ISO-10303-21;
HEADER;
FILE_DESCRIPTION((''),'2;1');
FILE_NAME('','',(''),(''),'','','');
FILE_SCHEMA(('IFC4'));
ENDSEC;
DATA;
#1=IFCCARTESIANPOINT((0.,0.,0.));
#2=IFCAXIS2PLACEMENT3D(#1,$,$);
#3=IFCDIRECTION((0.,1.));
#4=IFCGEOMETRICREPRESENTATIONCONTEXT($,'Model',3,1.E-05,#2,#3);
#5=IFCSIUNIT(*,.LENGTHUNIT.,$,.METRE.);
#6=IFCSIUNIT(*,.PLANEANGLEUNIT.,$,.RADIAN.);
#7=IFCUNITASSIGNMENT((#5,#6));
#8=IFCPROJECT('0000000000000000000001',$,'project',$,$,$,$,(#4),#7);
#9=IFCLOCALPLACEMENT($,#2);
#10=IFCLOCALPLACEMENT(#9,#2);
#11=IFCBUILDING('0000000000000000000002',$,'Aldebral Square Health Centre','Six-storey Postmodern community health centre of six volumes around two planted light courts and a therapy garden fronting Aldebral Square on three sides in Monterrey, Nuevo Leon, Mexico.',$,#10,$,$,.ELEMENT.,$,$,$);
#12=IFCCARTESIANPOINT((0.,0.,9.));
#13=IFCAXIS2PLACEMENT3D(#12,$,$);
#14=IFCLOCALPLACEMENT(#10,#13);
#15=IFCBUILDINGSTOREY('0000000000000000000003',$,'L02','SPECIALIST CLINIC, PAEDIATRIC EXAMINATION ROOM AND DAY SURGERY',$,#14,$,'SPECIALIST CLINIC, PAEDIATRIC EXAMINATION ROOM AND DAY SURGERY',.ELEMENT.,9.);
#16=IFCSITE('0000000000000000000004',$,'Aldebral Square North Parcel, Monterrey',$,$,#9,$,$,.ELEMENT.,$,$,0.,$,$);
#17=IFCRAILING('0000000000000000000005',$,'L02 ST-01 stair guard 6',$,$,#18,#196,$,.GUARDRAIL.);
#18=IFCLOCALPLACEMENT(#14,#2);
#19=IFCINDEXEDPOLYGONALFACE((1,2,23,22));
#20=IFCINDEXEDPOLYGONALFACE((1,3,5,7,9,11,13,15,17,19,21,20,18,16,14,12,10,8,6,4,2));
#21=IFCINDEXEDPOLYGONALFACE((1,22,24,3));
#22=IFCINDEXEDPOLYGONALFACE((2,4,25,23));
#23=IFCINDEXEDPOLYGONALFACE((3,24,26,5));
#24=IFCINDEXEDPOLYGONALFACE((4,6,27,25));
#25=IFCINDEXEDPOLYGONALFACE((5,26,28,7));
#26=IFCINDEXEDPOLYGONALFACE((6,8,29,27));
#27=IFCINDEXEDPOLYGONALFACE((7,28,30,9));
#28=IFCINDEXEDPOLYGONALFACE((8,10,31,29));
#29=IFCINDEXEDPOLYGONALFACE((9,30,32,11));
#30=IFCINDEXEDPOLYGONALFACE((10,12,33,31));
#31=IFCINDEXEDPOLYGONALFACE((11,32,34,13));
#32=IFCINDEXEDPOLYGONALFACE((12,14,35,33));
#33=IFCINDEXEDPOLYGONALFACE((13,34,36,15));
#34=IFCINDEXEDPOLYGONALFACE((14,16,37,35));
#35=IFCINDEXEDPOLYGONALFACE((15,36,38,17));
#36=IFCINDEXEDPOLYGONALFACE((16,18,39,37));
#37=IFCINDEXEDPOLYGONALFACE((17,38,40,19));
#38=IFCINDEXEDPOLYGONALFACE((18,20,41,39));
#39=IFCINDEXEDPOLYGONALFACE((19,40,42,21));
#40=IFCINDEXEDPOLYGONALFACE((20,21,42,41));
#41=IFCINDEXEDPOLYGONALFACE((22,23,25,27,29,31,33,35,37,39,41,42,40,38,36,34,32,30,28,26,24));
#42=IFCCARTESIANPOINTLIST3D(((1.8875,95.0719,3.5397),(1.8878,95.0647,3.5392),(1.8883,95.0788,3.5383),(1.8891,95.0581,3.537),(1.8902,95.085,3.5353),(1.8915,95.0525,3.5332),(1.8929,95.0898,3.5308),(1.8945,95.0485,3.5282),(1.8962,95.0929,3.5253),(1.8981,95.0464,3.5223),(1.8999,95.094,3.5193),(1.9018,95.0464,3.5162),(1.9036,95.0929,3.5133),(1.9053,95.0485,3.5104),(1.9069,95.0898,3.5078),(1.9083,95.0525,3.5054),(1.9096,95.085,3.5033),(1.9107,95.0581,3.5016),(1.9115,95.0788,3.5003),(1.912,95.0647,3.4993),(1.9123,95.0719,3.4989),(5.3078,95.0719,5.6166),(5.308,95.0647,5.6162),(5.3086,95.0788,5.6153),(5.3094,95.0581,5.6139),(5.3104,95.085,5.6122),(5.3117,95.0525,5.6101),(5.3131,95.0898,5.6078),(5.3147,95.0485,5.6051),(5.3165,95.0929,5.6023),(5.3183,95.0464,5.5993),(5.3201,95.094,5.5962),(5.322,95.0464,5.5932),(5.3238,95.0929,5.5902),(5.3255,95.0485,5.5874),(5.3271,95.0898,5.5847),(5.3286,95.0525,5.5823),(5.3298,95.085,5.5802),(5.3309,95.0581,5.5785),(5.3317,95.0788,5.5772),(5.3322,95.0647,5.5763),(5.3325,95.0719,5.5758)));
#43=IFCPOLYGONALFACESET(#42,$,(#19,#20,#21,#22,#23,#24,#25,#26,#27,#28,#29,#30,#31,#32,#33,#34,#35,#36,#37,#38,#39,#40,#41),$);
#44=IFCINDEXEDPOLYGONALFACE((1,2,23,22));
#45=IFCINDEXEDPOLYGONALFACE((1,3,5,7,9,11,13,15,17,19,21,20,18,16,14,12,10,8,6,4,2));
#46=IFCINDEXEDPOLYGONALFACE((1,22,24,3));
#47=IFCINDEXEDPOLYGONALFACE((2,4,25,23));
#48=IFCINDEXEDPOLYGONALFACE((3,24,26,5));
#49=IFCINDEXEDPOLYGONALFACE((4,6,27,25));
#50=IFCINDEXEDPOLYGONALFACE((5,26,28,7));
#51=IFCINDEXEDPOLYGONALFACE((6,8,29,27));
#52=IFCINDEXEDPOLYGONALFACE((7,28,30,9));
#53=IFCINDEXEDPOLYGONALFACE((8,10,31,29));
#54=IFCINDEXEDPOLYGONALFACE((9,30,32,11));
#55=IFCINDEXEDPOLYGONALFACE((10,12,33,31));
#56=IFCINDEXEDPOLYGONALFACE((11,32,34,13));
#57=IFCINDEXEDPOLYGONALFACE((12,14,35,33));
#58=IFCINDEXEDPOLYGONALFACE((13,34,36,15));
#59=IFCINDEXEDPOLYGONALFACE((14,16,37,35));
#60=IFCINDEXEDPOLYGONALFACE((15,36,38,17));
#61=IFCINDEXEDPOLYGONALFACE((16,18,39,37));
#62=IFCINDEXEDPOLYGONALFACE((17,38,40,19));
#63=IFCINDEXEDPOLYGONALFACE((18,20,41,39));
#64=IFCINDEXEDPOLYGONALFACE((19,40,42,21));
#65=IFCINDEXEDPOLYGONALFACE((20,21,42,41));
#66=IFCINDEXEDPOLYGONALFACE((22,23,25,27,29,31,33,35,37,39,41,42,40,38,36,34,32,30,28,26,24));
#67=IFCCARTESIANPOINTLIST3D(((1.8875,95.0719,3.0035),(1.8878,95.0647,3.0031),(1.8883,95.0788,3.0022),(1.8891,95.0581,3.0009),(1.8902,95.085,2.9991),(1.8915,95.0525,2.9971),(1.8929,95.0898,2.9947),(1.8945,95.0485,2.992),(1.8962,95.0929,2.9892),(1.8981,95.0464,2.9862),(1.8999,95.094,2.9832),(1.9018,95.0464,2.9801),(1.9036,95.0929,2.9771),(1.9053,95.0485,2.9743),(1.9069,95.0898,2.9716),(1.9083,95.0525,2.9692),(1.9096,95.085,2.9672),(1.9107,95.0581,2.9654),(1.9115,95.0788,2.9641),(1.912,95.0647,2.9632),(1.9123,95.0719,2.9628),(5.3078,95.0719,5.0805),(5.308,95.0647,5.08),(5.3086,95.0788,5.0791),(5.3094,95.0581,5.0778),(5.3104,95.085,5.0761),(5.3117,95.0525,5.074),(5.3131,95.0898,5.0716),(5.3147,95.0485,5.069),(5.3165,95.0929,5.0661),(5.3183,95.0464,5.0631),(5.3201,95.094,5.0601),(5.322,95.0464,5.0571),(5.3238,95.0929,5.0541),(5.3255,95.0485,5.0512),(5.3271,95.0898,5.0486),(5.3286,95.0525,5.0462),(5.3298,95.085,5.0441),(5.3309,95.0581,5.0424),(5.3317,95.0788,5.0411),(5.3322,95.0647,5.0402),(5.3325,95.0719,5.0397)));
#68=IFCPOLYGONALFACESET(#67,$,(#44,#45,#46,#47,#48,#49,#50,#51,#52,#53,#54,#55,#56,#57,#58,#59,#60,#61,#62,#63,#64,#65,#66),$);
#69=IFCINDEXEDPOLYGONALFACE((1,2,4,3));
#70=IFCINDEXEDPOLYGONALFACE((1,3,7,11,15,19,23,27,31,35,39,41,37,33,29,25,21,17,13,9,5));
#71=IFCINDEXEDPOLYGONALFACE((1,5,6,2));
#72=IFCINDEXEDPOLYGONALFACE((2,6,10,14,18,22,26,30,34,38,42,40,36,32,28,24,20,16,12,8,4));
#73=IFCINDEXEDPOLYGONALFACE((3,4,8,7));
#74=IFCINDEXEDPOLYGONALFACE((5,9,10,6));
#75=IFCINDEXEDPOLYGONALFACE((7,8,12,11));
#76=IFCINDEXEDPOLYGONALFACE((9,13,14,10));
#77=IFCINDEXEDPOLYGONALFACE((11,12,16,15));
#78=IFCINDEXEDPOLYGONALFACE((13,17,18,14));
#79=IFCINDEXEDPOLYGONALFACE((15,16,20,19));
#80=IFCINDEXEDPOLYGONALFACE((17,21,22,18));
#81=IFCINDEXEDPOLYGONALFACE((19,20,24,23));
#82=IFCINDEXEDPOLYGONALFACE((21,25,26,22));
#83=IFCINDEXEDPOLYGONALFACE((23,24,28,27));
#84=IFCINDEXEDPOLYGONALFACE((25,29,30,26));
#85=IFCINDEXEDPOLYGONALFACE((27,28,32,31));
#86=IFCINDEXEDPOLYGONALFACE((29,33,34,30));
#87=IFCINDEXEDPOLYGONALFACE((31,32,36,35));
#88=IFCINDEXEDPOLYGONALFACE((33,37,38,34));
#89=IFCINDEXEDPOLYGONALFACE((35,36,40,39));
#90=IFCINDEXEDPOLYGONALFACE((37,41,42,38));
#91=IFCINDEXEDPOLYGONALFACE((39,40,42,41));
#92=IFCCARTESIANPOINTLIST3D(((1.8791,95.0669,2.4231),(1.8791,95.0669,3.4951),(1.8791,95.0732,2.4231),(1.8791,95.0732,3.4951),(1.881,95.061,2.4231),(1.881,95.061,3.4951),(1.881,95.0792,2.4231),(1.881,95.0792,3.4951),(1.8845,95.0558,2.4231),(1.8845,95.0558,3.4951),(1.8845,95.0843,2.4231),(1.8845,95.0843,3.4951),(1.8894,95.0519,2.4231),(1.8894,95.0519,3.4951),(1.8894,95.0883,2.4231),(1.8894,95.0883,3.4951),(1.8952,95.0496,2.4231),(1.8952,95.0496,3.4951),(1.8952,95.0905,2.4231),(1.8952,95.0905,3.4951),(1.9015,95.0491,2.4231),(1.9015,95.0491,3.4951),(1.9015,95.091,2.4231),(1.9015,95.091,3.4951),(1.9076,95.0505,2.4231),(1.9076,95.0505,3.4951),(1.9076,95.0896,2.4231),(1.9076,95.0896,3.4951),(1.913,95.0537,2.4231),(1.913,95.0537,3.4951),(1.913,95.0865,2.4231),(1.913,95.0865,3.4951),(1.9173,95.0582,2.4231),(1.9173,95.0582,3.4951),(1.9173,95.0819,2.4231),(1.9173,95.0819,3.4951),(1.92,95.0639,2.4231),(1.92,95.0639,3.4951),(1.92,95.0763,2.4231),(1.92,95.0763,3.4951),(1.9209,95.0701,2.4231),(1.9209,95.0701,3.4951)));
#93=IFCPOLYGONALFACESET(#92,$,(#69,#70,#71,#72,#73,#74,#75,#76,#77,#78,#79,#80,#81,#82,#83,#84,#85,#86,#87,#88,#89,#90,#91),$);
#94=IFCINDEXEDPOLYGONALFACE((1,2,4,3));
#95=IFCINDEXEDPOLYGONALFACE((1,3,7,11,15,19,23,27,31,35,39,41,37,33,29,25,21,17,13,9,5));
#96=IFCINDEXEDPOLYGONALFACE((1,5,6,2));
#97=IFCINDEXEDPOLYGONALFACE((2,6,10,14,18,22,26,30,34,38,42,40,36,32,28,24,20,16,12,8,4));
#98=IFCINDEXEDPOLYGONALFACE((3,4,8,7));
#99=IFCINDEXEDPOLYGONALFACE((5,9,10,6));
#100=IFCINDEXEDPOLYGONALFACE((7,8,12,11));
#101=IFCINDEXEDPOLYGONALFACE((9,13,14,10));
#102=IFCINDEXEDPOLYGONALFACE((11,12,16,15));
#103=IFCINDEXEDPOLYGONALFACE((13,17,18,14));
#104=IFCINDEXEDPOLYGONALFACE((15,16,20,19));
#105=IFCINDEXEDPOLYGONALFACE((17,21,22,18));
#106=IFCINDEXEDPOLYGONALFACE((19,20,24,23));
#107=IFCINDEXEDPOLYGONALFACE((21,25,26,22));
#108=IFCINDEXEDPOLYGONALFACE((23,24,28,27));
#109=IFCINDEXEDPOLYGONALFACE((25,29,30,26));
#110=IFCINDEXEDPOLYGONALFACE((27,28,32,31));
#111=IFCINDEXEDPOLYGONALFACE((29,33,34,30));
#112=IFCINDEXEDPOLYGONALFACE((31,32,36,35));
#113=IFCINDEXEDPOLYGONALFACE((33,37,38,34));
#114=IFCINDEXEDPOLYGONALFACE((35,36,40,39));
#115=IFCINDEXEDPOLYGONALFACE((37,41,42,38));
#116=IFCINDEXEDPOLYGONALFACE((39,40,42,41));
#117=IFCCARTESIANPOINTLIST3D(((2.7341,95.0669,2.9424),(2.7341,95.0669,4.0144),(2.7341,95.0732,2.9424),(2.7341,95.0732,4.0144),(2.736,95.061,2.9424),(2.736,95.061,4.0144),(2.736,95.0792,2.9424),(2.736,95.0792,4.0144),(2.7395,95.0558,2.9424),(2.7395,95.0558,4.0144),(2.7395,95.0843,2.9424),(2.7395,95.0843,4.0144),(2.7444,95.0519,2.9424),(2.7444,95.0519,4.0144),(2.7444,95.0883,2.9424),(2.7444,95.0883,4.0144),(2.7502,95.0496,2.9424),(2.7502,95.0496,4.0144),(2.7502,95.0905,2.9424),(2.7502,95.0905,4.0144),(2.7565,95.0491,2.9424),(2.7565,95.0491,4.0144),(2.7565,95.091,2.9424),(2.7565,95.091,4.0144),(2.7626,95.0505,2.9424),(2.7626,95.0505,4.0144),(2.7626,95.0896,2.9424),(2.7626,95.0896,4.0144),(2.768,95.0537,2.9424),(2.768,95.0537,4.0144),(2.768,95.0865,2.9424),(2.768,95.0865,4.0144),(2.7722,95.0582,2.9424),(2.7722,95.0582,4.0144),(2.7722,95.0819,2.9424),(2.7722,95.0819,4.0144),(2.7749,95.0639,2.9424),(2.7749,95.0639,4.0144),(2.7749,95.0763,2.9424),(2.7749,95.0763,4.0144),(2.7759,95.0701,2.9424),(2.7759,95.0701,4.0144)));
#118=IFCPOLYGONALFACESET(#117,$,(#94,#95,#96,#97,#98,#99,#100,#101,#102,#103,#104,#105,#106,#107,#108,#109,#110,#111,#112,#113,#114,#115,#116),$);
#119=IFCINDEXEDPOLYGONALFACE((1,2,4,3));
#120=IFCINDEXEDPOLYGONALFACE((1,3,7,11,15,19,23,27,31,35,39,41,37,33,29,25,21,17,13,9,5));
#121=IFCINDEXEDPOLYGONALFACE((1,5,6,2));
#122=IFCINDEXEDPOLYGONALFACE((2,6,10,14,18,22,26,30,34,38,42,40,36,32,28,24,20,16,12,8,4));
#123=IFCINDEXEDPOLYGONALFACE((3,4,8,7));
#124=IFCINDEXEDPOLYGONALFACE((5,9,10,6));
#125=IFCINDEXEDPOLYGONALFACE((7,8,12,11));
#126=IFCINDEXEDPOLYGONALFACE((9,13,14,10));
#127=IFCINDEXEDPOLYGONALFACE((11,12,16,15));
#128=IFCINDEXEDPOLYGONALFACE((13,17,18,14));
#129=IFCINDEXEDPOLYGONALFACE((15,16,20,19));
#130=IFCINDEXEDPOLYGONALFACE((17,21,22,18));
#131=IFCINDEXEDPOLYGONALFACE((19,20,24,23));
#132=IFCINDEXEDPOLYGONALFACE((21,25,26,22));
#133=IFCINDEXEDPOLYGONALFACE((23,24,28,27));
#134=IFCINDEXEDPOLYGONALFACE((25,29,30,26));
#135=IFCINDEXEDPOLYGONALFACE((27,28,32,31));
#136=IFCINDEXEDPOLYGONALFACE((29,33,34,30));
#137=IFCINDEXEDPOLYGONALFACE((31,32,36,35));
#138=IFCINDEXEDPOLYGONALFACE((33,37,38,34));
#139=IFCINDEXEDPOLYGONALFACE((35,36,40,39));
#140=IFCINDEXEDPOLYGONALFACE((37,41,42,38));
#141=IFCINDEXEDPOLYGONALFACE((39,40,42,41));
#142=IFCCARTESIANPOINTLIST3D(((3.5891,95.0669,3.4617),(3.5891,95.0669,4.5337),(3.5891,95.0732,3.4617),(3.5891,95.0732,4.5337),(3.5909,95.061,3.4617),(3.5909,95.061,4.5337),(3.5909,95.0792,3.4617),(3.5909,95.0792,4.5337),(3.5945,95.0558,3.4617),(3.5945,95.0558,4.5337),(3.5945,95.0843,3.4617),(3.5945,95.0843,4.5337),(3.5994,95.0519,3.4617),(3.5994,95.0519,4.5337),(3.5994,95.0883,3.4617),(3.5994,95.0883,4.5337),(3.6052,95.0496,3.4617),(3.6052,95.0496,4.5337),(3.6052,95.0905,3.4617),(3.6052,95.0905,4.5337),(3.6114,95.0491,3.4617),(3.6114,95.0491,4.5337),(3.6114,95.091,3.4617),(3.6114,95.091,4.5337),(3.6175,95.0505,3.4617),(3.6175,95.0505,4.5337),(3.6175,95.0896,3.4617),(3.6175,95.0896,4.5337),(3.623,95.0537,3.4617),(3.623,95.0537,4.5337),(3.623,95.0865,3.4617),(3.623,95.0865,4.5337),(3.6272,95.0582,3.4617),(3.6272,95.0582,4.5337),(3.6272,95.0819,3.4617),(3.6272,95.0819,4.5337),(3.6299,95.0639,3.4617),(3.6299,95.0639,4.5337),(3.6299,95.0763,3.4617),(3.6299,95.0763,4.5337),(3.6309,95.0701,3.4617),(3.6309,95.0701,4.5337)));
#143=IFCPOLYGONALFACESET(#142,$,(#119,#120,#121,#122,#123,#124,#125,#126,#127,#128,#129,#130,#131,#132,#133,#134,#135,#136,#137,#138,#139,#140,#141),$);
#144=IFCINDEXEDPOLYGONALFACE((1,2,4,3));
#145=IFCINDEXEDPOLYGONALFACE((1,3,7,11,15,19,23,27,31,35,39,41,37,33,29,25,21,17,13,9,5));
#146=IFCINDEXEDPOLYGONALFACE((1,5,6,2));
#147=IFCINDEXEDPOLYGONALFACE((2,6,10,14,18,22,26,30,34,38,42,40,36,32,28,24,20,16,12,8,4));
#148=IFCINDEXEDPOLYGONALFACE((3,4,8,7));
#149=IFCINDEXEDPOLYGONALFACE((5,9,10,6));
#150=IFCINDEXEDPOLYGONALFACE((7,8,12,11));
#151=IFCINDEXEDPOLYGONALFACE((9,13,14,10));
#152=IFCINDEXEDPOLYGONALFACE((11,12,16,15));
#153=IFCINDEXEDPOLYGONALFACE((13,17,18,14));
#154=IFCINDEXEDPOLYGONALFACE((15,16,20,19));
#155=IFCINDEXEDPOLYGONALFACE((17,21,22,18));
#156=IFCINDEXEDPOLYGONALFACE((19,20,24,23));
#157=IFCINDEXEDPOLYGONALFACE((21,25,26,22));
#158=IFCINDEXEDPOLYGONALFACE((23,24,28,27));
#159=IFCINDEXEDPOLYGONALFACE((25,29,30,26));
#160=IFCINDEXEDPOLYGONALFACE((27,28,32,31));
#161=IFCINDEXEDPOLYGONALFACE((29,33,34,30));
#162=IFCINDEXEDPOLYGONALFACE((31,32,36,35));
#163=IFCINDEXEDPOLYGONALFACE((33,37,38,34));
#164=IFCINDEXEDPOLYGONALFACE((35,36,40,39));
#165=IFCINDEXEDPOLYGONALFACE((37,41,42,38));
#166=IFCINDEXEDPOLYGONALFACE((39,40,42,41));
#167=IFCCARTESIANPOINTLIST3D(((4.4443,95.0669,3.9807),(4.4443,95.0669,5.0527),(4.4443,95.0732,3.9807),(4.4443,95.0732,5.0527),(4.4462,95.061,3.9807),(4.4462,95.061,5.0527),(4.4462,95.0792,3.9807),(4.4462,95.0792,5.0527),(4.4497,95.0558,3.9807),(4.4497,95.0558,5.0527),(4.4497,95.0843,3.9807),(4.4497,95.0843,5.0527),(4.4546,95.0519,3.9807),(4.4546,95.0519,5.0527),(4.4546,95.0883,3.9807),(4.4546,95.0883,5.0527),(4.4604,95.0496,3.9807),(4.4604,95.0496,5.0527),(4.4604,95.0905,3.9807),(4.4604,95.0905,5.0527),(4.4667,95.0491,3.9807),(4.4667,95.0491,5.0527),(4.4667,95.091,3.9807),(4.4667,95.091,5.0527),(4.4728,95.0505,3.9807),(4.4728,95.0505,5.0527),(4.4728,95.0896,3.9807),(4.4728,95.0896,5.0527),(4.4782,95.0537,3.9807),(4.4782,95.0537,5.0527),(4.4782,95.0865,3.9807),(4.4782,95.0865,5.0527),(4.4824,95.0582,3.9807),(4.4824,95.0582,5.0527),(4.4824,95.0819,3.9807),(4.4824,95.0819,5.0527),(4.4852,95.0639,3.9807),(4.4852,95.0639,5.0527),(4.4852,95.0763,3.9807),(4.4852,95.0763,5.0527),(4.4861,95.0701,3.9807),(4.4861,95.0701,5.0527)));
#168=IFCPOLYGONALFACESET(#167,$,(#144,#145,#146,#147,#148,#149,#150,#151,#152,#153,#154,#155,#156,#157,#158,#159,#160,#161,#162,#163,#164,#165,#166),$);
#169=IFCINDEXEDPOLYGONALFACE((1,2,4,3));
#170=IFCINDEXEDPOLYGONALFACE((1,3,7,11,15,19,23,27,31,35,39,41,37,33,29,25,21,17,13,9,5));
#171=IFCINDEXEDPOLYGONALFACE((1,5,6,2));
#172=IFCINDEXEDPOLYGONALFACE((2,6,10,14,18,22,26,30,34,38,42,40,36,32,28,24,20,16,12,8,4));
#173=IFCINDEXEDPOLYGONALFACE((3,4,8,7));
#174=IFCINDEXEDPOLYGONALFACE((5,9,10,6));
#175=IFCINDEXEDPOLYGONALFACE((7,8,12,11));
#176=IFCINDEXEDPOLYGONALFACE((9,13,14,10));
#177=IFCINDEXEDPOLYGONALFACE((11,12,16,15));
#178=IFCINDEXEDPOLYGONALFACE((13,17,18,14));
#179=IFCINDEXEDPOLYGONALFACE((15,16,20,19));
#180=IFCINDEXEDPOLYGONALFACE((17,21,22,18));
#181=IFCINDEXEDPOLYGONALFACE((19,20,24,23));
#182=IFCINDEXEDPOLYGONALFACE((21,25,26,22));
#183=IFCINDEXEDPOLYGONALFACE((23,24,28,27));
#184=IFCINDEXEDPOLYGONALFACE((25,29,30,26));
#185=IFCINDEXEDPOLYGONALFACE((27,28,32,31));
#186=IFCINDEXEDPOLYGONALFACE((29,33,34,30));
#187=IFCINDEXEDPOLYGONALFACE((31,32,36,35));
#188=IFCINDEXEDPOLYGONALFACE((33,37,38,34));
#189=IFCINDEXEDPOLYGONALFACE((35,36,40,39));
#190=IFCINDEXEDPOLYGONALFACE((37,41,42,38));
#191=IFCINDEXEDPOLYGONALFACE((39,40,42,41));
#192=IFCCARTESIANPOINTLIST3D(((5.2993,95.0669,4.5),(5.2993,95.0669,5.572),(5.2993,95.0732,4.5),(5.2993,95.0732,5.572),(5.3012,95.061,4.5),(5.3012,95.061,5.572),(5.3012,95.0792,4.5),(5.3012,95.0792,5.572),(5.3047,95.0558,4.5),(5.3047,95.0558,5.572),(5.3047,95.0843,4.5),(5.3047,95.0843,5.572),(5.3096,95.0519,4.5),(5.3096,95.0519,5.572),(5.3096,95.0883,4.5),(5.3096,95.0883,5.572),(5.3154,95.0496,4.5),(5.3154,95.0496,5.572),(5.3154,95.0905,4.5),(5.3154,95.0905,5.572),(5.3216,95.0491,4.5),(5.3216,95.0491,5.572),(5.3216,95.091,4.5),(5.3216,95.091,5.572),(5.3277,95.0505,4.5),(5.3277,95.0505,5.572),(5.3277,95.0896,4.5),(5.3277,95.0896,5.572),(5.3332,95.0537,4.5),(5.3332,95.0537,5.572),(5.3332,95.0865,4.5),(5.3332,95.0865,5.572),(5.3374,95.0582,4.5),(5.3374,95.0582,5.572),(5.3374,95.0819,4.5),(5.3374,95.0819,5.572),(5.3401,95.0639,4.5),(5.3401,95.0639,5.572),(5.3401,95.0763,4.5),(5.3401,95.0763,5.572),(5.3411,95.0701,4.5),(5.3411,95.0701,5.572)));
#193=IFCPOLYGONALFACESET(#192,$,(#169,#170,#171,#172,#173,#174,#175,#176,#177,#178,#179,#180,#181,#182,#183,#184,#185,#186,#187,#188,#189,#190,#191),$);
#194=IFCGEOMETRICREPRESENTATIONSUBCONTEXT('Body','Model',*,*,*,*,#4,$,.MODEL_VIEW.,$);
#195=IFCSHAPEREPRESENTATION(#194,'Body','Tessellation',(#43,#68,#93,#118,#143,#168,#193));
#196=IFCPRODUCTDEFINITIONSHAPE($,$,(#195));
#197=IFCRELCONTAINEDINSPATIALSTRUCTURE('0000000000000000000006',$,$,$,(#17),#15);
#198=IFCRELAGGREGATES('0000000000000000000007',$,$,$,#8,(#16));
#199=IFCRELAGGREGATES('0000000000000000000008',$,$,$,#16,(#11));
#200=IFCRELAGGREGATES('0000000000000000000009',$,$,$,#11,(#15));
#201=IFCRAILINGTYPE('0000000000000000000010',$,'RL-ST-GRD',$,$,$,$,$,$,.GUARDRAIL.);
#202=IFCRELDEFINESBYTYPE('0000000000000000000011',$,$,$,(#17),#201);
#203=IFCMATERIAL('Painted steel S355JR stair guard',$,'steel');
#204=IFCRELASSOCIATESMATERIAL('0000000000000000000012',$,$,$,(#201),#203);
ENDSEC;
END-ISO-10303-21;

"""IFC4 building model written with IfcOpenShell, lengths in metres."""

from ifc_helpers import new_model, si_unit, direction, frame, origin, origin_2d, place, context, subcontext, project, spatial, circle, extrude, material, type_object, element, save


model = new_model("IFC4")

# Units and contexts
model_context = context("Model", 3, precision=1e-05, world=origin(), true_north=direction((0.0, 1.0)))
body_context = subcontext(model_context, "Body", "Model", "MODEL_VIEW")
ifc_project = project(units=[si_unit("LENGTHUNIT", "METRE"), si_unit("PLANEANGLEUNIT", "RADIAN")], contexts=[model_context])

# Site, building, storey
site_placement = place(None, origin())
site = spatial("IfcSite", under=ifc_project, at=site_placement, Name="Aldebral Square North Parcel, Monterrey", CompositionType="ELEMENT", RefElevation=0.0)
building_placement = place(site_placement, origin())
building = spatial("IfcBuilding", under=site, at=building_placement, Name="Aldebral Square Health Centre", Description="Six-storey Postmodern community health centre of six volumes around two planted light courts and a therapy garden fronting Aldebral Square on three sides in Monterrey, Nuevo Leon, Mexico.", CompositionType="ELEMENT")
storey_placement = place(building_placement, frame((0.0, 0.0, 9.0)))
storey = spatial("IfcBuildingStorey", under=building, at=storey_placement, Name="L02", Description="SPECIALIST CLINIC, PAEDIATRIC EXAMINATION ROOM AND DAY SURGERY", LongName="SPECIALIST CLINIC, PAEDIATRIC EXAMINATION ROOM AND DAY SURGERY", CompositionType="ELEMENT", Elevation=9.0)

# Railing
ifc_material_1 = material(Name="Painted steel S355JR stair guard", Category="steel")
railing_type = type_object("IfcRailingType", Name="RL-ST-GRD", PredefinedType="GUARDRAIL", material=ifc_material_1)
railing_1_placement = place(storey_placement, frame((1.8999, 95.0701, 2.4231)))
element("IfcRailing", 1, at=railing_1_placement, inside=storey, type_object=railing_type, Name="L02 ST-01 stair guard 6", PredefinedType="GUARDRAIL", context=body_context, shape_type="SweptSolid", body=[
    extrude(circle(Radius=0.0239, at=origin_2d()), frame((0.0, 0.0, 1.0962), z_axis=(0.854746, 0.0, 0.519047), x_axis=(0.0, 1.0, 0.0)), (0.0, 0.0, 1.0), 4.0015),
    extrude(circle(Radius=0.0239, at=origin_2d()), frame((0.0, 0.0, 0.5601), z_axis=(0.854746, 0.0, 0.519047), x_axis=(0.0, 1.0, 0.0)), (0.0, 0.0, 1.0), 4.0015),
    extrude(circle(Radius=0.021, at=origin_2d()), origin(), (0.0, 0.0, 1.0), 1.072),
    extrude(circle(Radius=0.021, at=origin_2d()), frame((0.855, 0.0, 0.5193)), (0.0, 0.0, 1.0), 1.072),
    extrude(circle(Radius=0.021, at=origin_2d()), frame((1.71, 0.0, 1.0386)), (0.0, 0.0, 1.0), 1.072),
    extrude(circle(Radius=0.021, at=origin_2d()), frame((2.5652, 0.0, 1.5576)), (0.0, 0.0, 1.0), 1.072),
    extrude(circle(Radius=0.021, at=origin_2d()), frame((3.4202, 0.0, 2.0769)), (0.0, 0.0, 1.0), 1.072),
])

save(model, "model.ifc")
